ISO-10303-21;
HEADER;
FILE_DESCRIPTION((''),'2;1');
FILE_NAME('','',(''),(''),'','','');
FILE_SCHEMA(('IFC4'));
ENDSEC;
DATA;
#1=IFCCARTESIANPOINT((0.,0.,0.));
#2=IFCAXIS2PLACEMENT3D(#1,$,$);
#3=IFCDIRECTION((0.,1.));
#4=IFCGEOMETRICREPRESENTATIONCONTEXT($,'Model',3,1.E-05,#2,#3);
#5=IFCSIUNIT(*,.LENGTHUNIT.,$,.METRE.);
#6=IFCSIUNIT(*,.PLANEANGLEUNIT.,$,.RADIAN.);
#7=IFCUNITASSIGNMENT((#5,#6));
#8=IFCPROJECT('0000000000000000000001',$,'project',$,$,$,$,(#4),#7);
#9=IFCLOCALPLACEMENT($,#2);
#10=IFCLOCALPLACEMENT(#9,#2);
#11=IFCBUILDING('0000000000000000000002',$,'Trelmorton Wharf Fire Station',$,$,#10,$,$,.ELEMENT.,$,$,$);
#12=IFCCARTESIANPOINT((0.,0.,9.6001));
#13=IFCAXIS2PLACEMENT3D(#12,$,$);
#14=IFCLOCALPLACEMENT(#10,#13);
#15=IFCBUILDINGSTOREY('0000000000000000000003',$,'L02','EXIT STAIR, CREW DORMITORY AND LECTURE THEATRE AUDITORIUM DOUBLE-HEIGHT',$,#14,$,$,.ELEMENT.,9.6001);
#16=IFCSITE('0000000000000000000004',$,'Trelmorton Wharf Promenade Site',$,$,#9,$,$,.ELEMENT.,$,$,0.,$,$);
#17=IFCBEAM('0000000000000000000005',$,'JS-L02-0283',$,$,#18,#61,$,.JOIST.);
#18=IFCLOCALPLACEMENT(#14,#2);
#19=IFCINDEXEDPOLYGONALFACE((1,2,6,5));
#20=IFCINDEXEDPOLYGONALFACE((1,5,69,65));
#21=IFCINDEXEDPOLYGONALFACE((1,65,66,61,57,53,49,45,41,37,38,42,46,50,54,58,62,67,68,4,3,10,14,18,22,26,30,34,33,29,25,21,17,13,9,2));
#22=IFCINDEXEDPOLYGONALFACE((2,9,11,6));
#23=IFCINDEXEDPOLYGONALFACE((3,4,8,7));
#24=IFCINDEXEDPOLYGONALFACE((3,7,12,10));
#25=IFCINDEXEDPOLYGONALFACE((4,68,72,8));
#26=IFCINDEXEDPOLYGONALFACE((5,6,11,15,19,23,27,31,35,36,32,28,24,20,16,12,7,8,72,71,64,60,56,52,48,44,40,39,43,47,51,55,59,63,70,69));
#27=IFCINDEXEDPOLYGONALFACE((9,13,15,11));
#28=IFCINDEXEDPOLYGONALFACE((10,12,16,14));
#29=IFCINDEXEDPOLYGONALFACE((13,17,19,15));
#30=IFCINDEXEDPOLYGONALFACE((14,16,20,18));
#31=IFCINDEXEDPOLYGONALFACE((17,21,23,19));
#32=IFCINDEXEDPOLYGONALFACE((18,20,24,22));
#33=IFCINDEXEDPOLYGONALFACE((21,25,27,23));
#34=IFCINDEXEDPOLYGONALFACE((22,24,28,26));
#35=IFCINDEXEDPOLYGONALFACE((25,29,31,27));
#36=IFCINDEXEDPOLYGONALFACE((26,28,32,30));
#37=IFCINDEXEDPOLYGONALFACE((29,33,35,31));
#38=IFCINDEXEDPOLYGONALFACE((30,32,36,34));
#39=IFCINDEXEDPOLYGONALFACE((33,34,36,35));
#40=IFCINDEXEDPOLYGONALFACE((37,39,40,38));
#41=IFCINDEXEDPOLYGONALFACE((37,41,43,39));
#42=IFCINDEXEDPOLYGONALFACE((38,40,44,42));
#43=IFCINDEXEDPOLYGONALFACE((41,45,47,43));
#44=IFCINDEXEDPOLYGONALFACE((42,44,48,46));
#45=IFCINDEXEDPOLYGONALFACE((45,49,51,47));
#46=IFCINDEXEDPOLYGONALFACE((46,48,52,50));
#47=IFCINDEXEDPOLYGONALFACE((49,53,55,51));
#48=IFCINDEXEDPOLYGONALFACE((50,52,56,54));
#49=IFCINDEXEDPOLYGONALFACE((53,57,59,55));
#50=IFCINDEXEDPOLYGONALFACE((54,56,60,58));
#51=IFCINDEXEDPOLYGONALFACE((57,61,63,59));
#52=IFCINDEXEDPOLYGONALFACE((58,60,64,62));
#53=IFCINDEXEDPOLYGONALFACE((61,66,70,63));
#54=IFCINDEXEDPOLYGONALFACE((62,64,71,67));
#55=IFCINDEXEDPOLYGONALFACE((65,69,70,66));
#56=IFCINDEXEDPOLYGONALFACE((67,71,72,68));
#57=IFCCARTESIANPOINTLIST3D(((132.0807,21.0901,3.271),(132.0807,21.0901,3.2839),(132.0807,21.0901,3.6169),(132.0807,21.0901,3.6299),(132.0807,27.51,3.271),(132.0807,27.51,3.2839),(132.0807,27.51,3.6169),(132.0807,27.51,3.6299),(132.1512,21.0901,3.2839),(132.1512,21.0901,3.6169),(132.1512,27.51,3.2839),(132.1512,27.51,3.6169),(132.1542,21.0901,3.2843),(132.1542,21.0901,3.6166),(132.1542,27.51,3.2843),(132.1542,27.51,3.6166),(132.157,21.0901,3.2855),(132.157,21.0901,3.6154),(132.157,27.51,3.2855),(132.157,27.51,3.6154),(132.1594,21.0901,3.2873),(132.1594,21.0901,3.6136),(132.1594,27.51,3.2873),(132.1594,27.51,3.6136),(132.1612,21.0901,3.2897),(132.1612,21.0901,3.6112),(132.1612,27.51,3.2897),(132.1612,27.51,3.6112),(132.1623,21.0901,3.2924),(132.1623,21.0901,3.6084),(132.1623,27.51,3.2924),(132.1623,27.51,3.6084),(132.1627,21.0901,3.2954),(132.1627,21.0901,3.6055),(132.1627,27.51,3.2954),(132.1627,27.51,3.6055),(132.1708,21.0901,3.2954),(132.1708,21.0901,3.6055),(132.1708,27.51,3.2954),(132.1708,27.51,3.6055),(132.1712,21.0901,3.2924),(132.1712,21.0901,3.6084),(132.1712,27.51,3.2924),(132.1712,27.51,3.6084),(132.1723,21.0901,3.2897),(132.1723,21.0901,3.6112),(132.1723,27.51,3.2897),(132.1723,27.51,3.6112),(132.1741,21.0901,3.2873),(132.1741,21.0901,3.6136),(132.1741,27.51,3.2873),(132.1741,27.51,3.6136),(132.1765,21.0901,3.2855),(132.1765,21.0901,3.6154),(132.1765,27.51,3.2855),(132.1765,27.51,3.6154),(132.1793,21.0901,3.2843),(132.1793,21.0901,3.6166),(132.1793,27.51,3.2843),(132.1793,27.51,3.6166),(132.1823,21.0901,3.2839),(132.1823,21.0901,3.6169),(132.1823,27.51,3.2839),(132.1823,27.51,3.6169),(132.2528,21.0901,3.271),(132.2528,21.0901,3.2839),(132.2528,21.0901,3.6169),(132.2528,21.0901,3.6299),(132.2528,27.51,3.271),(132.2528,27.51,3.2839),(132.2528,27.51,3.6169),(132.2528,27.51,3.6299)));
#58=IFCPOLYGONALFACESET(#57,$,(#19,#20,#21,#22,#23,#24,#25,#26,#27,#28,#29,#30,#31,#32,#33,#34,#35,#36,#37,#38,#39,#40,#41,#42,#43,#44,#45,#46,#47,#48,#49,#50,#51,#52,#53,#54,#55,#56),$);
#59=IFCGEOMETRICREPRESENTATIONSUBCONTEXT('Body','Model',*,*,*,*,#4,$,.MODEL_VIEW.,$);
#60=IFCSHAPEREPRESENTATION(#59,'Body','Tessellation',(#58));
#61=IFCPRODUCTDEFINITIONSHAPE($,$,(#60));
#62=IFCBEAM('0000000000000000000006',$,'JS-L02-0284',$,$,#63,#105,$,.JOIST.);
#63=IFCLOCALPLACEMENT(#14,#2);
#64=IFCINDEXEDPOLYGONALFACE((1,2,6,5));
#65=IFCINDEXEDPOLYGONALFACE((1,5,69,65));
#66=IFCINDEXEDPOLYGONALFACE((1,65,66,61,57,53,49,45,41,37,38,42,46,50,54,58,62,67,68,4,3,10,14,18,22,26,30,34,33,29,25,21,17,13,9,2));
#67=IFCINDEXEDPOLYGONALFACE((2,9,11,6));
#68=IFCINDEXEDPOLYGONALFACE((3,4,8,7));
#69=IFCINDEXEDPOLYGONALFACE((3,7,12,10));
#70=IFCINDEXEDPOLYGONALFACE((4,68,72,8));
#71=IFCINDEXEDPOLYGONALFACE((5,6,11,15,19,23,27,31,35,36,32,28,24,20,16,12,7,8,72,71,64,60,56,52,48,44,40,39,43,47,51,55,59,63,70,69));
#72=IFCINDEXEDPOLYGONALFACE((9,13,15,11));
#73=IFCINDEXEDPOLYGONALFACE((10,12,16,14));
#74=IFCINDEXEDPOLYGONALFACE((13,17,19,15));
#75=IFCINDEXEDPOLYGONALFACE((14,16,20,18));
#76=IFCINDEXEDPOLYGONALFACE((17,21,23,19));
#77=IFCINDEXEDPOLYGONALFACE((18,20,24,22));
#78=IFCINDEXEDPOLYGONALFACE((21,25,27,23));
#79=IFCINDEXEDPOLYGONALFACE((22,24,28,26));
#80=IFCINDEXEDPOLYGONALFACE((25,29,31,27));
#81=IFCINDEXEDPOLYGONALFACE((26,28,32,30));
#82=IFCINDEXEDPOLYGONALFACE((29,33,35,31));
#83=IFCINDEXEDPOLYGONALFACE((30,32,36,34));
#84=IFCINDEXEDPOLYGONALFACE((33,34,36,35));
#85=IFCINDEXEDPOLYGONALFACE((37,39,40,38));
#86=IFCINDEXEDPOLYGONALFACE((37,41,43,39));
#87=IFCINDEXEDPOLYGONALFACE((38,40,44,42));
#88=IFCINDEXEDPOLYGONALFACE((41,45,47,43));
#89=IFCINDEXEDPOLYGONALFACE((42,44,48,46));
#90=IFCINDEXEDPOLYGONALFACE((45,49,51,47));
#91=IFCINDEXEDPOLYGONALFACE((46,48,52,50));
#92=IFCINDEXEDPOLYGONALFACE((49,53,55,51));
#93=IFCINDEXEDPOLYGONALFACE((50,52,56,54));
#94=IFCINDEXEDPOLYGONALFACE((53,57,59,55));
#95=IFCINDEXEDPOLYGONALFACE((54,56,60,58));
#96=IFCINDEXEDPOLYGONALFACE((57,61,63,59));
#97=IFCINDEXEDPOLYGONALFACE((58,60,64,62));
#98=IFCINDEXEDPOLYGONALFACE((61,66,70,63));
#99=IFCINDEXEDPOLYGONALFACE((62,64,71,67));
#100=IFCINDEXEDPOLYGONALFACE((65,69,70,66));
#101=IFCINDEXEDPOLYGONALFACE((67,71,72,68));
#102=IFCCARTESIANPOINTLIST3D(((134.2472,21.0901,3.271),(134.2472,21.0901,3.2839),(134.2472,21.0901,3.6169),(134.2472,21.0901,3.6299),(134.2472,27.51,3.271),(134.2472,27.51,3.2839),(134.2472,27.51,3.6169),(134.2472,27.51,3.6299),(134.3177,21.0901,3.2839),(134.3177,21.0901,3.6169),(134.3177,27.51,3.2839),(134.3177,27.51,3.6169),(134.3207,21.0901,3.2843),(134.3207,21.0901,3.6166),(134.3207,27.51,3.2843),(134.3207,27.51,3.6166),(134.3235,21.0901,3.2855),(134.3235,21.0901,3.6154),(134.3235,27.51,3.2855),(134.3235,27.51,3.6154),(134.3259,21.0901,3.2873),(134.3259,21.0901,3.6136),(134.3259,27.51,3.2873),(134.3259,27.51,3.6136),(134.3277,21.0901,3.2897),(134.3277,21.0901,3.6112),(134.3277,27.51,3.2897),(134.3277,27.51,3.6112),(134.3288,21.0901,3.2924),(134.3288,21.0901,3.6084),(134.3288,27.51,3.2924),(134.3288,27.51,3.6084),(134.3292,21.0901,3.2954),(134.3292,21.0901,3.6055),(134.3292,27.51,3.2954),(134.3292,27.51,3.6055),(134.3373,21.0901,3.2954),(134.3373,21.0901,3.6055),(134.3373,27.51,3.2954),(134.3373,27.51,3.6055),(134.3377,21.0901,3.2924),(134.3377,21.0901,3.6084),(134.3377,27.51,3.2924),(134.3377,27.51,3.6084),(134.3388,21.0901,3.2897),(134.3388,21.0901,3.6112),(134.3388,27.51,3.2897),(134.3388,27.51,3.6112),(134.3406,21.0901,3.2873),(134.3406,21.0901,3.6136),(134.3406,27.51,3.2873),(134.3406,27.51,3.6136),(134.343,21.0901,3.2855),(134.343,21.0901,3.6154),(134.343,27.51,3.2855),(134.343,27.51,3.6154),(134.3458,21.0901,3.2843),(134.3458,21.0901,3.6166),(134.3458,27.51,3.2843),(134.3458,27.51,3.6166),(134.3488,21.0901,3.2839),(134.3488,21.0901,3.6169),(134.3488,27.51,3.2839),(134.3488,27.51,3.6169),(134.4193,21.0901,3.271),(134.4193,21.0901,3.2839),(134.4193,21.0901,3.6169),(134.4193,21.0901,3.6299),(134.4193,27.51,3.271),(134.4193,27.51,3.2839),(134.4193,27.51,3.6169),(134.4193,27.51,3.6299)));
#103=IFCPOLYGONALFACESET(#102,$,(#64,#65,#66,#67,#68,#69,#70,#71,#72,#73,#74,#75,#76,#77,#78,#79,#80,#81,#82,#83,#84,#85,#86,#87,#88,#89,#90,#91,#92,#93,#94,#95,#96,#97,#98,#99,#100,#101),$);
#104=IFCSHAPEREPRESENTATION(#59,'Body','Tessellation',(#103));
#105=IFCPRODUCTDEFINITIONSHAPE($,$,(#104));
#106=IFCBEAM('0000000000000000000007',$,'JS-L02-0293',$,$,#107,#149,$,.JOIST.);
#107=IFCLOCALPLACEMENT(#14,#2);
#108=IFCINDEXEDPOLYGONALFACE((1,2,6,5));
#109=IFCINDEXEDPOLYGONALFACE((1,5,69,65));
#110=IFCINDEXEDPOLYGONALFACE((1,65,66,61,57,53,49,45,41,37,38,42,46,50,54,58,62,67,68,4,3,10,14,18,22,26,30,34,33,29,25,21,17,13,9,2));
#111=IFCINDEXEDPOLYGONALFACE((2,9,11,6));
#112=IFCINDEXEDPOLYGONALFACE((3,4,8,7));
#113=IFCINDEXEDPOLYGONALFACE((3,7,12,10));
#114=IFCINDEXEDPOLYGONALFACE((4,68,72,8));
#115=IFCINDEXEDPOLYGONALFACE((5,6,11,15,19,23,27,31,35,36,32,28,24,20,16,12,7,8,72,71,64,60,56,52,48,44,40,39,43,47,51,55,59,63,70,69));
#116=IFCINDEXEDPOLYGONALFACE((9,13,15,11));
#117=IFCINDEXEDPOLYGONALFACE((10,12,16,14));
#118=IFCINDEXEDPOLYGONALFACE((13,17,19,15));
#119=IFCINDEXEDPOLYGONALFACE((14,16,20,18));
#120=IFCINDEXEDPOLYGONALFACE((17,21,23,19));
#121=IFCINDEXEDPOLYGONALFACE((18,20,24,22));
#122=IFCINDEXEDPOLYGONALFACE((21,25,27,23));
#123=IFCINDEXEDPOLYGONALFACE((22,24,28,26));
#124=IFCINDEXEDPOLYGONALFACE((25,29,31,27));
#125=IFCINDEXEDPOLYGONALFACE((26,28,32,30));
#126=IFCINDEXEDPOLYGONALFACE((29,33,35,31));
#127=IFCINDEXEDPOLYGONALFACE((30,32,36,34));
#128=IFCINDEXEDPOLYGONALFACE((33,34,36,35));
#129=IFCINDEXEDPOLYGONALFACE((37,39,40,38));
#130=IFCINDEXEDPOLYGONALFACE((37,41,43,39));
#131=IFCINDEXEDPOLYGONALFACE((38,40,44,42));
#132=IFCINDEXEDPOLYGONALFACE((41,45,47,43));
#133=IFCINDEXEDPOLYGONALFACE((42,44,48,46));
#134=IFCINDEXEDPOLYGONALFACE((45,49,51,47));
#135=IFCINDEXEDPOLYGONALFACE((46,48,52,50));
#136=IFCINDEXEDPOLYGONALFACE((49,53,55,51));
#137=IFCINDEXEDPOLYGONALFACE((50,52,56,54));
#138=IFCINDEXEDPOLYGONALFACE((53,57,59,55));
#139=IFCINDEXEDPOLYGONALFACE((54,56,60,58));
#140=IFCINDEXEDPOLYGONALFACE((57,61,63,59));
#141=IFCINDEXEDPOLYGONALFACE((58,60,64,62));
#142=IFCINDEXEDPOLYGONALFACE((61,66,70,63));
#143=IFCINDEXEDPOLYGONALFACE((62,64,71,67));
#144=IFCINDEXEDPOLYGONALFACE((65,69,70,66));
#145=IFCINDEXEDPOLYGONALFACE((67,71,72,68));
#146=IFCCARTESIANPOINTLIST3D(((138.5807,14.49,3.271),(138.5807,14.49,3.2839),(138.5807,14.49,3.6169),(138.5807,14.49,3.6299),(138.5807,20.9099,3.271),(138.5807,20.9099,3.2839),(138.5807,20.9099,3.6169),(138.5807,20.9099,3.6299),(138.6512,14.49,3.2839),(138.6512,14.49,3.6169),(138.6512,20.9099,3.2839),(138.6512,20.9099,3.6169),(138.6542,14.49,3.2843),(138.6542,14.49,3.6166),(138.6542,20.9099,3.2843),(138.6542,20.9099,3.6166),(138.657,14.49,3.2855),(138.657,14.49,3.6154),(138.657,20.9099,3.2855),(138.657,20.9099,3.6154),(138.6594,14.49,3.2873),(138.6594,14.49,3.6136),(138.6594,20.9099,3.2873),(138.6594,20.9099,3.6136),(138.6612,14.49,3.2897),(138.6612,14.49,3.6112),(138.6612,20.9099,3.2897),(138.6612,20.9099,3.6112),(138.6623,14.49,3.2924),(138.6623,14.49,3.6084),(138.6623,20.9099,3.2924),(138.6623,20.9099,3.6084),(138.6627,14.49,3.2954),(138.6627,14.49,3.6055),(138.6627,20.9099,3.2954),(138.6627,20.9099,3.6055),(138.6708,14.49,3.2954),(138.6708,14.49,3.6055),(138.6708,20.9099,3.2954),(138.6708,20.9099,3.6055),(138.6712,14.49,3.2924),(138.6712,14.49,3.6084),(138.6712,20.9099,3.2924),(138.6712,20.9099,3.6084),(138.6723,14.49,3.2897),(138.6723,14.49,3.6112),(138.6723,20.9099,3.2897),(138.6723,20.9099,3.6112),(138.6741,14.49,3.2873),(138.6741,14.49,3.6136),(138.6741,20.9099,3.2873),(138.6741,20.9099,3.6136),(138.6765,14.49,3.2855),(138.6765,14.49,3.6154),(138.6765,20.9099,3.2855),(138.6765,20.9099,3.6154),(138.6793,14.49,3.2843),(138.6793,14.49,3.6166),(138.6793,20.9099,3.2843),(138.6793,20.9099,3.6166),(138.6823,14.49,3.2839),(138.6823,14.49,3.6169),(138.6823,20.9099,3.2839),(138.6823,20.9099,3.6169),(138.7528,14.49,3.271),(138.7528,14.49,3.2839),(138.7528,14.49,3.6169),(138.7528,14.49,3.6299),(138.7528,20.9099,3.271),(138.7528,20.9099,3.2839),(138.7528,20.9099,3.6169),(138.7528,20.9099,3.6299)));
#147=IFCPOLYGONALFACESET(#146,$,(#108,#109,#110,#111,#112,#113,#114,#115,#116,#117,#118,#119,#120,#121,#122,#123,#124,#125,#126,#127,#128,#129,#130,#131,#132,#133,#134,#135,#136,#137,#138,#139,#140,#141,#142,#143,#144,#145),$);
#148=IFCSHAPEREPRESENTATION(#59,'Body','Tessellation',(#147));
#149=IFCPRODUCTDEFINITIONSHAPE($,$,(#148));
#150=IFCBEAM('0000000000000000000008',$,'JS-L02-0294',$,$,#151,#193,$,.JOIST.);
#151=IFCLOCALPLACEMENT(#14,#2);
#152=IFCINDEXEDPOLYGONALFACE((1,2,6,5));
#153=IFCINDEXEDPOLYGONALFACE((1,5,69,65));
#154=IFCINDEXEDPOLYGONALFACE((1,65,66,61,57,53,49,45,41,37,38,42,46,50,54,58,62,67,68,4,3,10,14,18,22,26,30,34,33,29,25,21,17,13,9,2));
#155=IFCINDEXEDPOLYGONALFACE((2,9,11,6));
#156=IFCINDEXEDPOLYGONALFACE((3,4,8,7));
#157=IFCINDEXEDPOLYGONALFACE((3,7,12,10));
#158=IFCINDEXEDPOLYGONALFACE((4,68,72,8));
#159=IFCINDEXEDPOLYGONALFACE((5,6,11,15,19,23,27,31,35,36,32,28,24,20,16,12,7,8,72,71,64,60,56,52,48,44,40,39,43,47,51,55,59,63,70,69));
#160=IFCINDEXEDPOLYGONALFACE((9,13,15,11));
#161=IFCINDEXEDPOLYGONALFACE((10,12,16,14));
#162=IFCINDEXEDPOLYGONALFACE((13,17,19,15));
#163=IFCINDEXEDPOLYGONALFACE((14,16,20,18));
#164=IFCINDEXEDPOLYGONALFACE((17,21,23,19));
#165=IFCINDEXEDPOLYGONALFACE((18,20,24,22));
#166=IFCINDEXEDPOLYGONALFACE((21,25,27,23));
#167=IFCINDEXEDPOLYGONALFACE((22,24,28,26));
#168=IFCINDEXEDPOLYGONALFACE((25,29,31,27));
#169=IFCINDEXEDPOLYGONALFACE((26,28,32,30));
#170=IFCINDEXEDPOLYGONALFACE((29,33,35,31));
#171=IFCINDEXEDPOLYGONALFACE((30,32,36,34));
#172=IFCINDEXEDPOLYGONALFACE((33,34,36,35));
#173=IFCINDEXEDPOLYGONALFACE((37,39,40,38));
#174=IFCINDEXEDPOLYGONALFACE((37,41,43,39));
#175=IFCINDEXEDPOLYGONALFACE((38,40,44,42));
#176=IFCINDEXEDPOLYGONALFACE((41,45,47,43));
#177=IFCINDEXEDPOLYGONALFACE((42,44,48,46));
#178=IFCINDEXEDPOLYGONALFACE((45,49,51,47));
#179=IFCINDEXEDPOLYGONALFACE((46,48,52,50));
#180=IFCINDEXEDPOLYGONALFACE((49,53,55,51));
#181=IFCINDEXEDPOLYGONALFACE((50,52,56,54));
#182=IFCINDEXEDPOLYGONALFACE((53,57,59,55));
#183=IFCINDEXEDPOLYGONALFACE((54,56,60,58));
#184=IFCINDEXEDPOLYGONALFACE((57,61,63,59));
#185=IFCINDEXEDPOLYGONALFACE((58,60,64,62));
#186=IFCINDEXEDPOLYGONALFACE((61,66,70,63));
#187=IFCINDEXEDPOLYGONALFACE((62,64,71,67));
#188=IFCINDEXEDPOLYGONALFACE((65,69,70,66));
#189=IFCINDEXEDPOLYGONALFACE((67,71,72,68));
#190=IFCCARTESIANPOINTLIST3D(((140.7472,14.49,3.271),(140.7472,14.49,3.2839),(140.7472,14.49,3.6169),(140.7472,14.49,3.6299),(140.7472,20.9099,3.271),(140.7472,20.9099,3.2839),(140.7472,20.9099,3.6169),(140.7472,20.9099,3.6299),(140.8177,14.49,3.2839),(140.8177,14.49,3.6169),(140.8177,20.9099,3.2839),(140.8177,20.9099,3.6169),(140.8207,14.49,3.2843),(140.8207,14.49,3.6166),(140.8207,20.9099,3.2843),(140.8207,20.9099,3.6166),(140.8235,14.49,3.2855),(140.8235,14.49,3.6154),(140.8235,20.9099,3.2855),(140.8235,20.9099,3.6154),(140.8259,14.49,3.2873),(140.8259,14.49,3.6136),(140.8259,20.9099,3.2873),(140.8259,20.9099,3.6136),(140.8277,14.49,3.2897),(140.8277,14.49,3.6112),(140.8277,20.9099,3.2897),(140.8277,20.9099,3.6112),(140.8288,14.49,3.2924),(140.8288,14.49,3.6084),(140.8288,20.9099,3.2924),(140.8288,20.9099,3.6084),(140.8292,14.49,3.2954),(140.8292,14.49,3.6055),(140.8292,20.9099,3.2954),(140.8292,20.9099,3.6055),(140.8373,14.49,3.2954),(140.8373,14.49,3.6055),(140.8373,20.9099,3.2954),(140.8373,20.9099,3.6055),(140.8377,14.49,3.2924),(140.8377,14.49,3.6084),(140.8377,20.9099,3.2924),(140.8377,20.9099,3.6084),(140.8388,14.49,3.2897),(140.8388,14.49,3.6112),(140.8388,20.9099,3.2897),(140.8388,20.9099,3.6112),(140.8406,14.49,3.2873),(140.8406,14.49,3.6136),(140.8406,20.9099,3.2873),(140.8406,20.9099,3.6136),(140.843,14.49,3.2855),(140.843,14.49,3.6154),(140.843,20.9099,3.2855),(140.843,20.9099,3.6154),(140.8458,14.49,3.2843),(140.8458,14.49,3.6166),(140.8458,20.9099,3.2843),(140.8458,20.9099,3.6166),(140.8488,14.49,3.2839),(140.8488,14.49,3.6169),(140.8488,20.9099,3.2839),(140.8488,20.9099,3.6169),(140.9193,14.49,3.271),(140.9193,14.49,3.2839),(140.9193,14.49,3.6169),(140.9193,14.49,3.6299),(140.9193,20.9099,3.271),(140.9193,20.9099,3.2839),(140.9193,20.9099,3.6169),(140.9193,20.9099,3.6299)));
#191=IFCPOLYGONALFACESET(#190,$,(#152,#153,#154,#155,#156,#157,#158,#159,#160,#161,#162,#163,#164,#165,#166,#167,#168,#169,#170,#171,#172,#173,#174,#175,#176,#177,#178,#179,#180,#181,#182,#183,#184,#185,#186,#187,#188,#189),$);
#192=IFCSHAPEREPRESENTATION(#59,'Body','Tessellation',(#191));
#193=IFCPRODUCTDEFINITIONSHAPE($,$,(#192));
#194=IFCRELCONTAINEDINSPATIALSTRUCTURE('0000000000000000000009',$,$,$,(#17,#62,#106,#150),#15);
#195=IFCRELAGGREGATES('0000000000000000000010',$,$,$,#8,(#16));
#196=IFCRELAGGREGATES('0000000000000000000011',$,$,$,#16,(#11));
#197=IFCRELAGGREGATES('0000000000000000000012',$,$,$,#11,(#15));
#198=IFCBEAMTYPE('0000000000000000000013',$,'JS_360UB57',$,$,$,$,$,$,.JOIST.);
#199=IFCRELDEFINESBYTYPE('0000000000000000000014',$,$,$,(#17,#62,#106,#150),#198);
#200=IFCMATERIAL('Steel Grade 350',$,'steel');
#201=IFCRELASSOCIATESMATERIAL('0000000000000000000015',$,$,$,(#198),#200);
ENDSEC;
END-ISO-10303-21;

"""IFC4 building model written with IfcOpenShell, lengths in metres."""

from ifc_helpers import new_model, si_unit, direction, frame, origin, origin_2d, place, context, subcontext, project, spatial, i_section, extrude, material, material_profile, profile_set, type_object, element, save


model = new_model("IFC4")

# Units and contexts
model_context = context("Model", 3, precision=1e-05, world=origin(), true_north=direction((0.0, 1.0)))
body_context = subcontext(model_context, "Body", "Model", "MODEL_VIEW")
ifc_project = project(units=[si_unit("LENGTHUNIT", "METRE"), si_unit("PLANEANGLEUNIT", "RADIAN")], contexts=[model_context])

# Site, building, storey
site_placement = place(None, origin())
site = spatial("IfcSite", under=ifc_project, at=site_placement, Name="Trelmorton Wharf Promenade Site", CompositionType="ELEMENT", RefElevation=0.0)
building_placement = place(site_placement, origin())
building = spatial("IfcBuilding", under=site, at=building_placement, Name="Trelmorton Wharf Fire Station", CompositionType="ELEMENT")
storey_placement = place(building_placement, frame((0.0, 0.0, 9.6001)))
storey = spatial("IfcBuildingStorey", under=building, at=storey_placement, Name="L02", Description="EXIT STAIR, CREW DORMITORY AND LECTURE THEATRE AUDITORIUM DOUBLE-HEIGHT", CompositionType="ELEMENT", Elevation=9.6001)

# Shared definitions
ifc_material_1 = material(Name="Steel Grade 350", Category="steel")

# Beams
ifc_material_profile_1 = material_profile(ifc_material_1, i_section(OverallWidth=0.1721, OverallDepth=0.3589, WebThickness=0.0081, FlangeThickness=0.0129, FilletRadius=0.0115, at=origin_2d()), Name="360UB56.7")
ifc_profile_set_1 = profile_set([ifc_material_profile_1], Name="Steel Grade 350")
beam_type_1 = type_object("IfcBeamType", Name="JS_360UB57", PredefinedType="JOIST", material=ifc_profile_set_1)
for number, where, z_axis, x_axis, name in (
    (1, (132.1667, 21.0901, 3.4504), (0.0, 1.0, 0.0), (-1.0, 0.0, 0.0), "JS-L02-0283"),
    (2, (134.3333, 21.0901, 3.4504), (0.0, 1.0, 0.0), (-1.0, 0.0, 0.0), "JS-L02-0284"),
    (3, (138.6667, 14.49, 3.4504), (0.0, 1.0, 0.0), (-1.0, 0.0, 0.0), "JS-L02-0293"),
    (4, (140.8333, 14.49, 3.4504), (0.0, 1.0, 0.0), (-1.0, 0.0, 0.0), "JS-L02-0294"),
):
    element("IfcBeam", number, at=place(storey_placement, frame(where, z_axis=z_axis, x_axis=x_axis)), inside=storey, type_object=beam_type_1, Name=name, PredefinedType="JOIST", context=body_context, shape_type="SweptSolid", body=[
        extrude(i_section(OverallWidth=0.1721, OverallDepth=0.3589, WebThickness=0.0081, FlangeThickness=0.0129, FilletRadius=0.0115, at=origin_2d()), origin(), (0.0, 0.0, 1.0), 6.4199),
    ])

save(model, "model.ifc")
